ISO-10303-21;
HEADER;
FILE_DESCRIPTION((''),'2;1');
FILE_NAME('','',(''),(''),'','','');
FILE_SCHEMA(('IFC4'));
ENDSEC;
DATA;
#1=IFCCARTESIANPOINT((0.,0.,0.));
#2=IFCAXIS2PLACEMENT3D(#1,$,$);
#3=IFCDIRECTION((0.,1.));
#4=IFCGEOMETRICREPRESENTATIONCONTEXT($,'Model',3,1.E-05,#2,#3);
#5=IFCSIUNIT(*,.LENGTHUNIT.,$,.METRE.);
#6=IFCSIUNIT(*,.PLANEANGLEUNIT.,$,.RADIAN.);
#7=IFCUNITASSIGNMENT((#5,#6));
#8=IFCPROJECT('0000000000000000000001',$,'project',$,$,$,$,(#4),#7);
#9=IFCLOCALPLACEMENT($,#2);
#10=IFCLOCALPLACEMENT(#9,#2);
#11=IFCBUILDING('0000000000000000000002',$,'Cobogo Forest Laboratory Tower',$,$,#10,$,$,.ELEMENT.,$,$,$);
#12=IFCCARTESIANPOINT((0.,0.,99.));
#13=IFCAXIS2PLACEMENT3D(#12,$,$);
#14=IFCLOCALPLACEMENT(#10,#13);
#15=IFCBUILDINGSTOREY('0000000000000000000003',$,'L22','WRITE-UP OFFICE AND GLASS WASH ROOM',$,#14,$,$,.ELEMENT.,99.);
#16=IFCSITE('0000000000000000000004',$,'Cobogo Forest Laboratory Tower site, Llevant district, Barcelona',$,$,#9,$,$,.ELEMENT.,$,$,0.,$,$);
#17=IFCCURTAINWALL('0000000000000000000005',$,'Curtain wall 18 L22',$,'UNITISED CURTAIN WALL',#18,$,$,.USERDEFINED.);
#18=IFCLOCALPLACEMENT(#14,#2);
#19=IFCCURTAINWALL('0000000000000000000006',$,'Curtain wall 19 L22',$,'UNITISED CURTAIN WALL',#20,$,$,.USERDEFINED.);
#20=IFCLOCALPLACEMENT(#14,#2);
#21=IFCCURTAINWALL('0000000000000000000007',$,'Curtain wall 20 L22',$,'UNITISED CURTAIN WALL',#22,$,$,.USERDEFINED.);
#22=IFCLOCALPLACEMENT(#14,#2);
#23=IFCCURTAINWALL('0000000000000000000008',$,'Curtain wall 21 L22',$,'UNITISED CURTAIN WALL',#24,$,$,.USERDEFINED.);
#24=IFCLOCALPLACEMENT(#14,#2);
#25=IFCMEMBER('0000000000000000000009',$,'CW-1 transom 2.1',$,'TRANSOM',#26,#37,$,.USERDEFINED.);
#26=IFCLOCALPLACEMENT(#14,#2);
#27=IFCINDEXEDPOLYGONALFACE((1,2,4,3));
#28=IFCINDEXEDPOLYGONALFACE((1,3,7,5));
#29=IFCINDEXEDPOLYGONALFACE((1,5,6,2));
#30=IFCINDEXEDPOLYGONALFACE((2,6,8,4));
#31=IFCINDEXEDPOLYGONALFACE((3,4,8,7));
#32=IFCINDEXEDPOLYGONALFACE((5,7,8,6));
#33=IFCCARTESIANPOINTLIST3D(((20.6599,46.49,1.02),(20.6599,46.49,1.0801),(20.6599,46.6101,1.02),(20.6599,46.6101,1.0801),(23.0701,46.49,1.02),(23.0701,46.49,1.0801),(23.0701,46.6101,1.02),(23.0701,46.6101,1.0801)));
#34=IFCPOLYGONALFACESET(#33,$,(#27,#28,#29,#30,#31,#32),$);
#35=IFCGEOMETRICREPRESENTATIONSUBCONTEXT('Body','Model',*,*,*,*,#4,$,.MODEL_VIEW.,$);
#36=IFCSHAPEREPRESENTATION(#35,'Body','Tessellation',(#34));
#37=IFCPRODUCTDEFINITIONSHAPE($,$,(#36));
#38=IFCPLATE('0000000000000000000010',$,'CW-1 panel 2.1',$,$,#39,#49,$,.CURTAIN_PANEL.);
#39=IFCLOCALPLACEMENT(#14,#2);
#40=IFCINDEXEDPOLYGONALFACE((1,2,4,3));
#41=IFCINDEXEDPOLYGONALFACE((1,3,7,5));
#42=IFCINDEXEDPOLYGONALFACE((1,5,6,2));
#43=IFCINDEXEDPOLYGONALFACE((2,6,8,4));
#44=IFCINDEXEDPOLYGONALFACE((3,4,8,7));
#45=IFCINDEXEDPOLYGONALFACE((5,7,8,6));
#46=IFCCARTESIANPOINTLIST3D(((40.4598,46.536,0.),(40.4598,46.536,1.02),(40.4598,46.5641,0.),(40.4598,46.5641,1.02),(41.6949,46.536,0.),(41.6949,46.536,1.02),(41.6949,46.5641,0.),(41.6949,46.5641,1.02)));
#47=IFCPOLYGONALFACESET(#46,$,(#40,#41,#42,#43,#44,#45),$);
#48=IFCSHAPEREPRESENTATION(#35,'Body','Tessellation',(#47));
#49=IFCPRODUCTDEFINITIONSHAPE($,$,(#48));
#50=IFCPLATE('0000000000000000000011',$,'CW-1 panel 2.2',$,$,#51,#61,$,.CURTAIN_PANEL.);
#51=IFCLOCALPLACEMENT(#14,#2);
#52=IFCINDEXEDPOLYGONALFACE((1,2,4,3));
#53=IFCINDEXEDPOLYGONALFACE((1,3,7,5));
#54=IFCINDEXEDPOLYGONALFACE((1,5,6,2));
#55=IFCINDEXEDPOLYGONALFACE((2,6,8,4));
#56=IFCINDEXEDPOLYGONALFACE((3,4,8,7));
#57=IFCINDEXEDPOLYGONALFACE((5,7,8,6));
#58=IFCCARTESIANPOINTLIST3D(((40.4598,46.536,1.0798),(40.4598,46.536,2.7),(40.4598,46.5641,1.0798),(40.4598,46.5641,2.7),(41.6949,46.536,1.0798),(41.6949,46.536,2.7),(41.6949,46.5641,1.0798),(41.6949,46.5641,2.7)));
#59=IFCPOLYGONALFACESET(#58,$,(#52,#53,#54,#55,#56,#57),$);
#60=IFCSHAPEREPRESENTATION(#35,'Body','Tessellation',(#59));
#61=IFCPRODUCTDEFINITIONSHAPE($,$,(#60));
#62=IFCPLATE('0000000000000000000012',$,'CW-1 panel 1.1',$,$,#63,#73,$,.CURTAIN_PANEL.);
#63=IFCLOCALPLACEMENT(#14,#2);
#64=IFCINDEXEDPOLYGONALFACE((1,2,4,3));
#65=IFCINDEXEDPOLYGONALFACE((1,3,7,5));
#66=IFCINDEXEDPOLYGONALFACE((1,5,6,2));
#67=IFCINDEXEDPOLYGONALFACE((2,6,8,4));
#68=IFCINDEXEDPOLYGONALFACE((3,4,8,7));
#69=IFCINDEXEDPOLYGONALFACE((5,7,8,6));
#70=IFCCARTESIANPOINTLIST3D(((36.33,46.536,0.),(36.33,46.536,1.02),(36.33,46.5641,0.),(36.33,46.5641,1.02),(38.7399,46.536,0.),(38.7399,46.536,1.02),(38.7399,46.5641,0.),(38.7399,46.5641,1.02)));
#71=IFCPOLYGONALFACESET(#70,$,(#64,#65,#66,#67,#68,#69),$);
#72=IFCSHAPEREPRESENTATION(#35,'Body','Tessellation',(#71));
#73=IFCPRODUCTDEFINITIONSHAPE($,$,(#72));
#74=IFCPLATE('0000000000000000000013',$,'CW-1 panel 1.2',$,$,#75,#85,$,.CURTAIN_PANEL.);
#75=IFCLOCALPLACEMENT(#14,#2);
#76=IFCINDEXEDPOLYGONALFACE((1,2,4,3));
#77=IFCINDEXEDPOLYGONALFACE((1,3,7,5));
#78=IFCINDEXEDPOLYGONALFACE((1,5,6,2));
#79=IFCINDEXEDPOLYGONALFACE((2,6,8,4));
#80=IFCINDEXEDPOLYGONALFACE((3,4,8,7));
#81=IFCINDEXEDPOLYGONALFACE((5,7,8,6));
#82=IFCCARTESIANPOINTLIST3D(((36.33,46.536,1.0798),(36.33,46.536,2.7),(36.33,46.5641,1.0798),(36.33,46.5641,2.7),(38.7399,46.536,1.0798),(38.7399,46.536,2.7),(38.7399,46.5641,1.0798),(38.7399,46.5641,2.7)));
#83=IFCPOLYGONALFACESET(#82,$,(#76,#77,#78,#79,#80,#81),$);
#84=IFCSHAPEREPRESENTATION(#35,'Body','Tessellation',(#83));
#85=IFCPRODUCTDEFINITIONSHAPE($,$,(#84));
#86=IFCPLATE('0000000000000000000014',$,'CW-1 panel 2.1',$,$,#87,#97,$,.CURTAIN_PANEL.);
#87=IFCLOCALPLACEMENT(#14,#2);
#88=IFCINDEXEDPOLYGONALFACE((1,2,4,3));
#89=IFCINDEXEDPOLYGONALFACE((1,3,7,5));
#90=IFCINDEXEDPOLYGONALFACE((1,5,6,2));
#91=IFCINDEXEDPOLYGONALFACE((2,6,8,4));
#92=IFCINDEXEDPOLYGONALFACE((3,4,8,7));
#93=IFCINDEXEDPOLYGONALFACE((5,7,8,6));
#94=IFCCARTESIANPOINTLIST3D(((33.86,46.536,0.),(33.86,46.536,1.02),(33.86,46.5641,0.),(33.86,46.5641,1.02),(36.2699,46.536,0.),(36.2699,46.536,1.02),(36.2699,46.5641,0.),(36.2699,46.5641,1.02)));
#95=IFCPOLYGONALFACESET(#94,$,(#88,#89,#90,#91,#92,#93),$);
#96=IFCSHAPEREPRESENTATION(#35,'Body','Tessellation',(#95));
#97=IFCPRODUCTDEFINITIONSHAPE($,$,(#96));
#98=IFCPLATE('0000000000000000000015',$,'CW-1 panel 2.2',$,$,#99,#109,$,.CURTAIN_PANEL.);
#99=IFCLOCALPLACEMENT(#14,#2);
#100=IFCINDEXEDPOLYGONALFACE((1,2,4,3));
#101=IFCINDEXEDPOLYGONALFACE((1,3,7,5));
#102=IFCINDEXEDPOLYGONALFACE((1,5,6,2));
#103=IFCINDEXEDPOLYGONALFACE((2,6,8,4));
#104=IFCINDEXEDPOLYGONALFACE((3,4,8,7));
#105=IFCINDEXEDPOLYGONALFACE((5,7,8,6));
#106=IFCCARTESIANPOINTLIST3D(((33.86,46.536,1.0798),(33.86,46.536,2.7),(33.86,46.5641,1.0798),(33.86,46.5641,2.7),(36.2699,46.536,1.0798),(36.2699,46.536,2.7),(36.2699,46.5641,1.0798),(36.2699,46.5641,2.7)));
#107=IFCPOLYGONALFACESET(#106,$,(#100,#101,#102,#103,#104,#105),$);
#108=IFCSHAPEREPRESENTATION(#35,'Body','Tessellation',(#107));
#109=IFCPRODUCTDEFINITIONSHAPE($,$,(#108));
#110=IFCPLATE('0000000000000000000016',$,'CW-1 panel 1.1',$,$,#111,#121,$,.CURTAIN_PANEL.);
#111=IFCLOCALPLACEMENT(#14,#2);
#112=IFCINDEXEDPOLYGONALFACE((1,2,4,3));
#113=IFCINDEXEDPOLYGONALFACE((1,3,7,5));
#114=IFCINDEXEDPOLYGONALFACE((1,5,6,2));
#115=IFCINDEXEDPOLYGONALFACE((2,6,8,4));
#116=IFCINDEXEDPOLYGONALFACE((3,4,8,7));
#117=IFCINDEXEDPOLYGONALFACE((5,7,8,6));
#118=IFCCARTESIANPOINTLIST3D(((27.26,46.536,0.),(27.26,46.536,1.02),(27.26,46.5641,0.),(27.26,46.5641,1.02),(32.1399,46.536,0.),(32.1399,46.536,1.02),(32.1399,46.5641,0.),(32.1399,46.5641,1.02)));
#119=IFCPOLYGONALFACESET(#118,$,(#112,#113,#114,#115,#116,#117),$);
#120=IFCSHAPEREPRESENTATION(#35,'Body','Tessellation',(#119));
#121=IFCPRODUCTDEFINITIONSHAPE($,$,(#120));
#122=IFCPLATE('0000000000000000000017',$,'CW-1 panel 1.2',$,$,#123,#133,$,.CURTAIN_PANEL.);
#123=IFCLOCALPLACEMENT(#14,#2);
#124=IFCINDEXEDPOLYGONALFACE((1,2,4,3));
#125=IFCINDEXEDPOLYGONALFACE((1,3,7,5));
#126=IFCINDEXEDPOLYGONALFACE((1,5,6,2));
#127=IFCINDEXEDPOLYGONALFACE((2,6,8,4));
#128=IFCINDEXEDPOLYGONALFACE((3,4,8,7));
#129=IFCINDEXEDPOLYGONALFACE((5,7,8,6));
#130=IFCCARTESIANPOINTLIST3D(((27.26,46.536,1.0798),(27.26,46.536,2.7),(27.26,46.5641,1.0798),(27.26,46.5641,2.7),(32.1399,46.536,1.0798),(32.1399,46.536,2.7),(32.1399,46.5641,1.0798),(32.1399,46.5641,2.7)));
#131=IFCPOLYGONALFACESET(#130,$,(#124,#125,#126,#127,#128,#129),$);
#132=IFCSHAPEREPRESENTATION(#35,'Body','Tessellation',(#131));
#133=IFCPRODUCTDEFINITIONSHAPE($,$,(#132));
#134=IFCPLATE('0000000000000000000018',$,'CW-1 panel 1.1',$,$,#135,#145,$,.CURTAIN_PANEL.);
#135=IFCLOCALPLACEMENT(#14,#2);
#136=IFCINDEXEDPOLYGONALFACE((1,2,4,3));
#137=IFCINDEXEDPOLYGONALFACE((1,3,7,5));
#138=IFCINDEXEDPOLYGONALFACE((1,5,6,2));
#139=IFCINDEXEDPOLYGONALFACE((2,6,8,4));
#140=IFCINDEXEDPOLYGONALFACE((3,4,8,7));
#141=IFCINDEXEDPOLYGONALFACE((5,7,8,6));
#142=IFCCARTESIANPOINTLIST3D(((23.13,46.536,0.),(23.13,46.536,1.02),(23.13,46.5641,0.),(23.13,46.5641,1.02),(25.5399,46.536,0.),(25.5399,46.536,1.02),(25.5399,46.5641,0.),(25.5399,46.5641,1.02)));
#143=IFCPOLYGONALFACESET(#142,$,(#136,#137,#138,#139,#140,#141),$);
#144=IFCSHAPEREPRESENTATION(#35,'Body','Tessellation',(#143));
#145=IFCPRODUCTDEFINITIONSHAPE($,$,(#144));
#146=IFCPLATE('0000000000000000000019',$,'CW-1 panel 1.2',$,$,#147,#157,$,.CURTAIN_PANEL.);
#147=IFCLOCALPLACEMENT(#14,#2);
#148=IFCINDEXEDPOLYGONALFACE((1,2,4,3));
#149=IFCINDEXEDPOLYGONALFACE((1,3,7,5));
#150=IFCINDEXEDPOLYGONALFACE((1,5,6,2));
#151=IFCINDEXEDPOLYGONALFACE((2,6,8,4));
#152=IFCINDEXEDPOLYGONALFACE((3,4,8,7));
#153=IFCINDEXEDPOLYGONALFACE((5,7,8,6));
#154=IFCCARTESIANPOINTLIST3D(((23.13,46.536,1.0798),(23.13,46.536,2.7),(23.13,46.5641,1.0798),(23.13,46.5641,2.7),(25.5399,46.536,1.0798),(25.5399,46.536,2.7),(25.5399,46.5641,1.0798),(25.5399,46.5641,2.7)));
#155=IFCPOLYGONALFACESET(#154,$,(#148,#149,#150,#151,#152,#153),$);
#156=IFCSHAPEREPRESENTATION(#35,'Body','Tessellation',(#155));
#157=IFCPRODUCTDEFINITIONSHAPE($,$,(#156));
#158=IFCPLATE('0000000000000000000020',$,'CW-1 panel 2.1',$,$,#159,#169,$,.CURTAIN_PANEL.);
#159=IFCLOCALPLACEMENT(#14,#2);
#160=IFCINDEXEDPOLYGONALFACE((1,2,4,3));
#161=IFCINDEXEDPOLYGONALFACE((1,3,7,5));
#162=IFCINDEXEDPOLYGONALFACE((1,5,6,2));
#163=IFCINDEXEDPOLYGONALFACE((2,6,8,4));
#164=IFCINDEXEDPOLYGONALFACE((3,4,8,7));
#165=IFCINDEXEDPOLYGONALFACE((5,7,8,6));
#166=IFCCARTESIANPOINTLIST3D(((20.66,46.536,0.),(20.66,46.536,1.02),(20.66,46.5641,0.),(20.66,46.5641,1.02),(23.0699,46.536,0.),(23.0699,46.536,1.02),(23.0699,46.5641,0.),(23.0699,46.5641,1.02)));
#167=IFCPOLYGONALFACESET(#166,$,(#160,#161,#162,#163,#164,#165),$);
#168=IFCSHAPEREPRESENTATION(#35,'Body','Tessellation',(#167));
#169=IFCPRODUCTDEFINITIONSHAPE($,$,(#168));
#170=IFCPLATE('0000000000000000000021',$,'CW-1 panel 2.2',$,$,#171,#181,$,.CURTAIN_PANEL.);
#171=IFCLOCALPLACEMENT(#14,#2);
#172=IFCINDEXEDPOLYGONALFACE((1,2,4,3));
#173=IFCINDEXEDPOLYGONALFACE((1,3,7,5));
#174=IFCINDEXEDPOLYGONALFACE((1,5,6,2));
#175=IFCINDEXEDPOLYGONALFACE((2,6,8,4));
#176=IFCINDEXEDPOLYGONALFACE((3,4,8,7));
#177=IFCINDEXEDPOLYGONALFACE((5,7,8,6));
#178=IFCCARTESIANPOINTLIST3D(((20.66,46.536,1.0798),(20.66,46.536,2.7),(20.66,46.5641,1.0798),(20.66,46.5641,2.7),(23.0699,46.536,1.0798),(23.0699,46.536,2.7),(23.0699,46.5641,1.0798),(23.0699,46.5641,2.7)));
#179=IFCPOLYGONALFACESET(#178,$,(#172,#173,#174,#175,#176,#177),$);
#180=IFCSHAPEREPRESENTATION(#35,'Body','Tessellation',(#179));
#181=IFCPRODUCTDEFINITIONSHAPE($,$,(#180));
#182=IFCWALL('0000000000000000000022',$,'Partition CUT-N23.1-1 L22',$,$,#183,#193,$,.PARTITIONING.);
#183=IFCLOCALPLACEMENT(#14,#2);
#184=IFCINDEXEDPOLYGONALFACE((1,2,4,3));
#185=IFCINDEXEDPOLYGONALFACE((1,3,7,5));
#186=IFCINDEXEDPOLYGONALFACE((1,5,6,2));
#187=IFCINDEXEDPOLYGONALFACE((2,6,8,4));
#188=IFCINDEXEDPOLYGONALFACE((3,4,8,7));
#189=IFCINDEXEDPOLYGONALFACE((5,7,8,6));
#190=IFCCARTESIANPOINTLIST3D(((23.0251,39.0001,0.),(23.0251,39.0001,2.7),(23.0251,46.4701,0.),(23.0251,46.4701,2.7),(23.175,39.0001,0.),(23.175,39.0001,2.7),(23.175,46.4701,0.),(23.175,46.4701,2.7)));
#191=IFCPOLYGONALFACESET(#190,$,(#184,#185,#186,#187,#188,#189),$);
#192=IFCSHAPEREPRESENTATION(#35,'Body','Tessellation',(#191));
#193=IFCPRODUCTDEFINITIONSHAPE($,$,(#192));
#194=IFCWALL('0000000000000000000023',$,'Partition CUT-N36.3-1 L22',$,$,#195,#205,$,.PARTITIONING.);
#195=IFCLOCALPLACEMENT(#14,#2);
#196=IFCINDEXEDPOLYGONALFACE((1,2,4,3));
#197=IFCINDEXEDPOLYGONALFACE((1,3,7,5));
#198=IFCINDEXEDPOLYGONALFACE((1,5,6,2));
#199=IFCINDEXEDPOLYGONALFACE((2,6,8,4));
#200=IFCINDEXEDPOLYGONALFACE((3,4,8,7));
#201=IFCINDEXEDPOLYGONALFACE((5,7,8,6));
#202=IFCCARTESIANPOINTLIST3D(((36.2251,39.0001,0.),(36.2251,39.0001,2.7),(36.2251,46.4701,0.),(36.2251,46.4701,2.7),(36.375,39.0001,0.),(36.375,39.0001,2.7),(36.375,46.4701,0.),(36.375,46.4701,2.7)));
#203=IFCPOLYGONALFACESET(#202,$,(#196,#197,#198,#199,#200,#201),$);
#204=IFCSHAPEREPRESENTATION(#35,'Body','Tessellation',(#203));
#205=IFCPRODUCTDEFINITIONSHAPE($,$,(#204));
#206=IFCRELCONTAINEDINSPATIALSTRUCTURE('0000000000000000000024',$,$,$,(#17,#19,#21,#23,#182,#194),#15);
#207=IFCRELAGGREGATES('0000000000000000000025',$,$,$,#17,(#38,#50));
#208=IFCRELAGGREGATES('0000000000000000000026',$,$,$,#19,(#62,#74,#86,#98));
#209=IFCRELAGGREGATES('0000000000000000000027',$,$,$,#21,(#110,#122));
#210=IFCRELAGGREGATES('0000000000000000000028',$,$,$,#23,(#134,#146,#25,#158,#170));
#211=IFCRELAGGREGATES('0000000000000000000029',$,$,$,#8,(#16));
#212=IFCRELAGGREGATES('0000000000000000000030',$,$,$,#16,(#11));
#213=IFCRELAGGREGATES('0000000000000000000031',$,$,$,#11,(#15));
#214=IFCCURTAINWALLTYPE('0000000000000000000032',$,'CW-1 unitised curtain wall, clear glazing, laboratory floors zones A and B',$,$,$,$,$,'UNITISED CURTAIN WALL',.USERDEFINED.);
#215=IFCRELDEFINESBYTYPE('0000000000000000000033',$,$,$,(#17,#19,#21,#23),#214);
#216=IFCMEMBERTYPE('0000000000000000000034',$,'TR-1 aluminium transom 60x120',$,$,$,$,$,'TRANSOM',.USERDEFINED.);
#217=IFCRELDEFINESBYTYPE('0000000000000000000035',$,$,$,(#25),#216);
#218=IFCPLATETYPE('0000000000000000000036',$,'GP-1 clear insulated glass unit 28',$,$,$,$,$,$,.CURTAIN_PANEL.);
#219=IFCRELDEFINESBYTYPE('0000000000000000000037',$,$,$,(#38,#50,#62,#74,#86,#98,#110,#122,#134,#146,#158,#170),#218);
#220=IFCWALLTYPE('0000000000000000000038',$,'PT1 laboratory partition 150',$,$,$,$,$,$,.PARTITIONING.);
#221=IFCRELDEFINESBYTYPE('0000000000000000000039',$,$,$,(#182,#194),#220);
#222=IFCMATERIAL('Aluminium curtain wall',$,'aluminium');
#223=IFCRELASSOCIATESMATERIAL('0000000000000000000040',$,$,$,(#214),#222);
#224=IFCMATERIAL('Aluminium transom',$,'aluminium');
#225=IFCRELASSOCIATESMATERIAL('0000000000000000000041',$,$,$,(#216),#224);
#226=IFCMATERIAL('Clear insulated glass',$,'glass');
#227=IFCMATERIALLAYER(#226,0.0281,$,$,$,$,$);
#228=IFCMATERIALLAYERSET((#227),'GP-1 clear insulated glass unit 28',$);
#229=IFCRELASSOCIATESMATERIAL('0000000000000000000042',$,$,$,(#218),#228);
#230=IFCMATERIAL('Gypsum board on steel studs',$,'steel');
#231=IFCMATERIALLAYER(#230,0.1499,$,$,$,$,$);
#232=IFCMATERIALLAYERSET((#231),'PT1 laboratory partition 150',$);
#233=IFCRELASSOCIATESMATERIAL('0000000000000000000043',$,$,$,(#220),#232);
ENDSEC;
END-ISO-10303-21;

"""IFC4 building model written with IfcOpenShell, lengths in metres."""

from ifc_helpers import new_model, si_unit, direction, frame, frame_2d, origin, origin_2d, place, context, subcontext, project, spatial, rectangle, extrude, material, layer, layer_set, material_profile, profile_set, type_object, element, aggregate, save


model = new_model("IFC4")

# Units and contexts
model_context = context("Model", 3, precision=1e-05, world=origin(), true_north=direction((0.0, 1.0)))
body_context = subcontext(model_context, "Body", "Model", "MODEL_VIEW")
ifc_project = project(units=[si_unit("LENGTHUNIT", "METRE"), si_unit("PLANEANGLEUNIT", "RADIAN")], contexts=[model_context])

# Site, building, storey
site_placement = place(None, origin())
site = spatial("IfcSite", under=ifc_project, at=site_placement, Name="Cobogo Forest Laboratory Tower site, Llevant district, Barcelona", CompositionType="ELEMENT", RefElevation=0.0)
building_placement = place(site_placement, origin())
building = spatial("IfcBuilding", under=site, at=building_placement, Name="Cobogo Forest Laboratory Tower", CompositionType="ELEMENT")
storey_placement = place(building_placement, frame((0.0, 0.0, 99.0)))
storey = spatial("IfcBuildingStorey", under=building, at=storey_placement, Name="L22", Description="WRITE-UP OFFICE AND GLASS WASH ROOM", CompositionType="ELEMENT", Elevation=99.0)

# Curtain wall
ifc_material_1 = material(Name="Aluminium curtain wall", Category="aluminium")
curtain_wall_type = type_object("IfcCurtainWallType", Name="CW-1 unitised curtain wall, clear glazing, laboratory floors zones A and B", ElementType="UNITISED CURTAIN WALL", PredefinedType="USERDEFINED", material=ifc_material_1)
curtain_wall_1_placement = place(storey_placement, origin())
curtain_wall_1 = element("IfcCurtainWall", 1, at=curtain_wall_1_placement, inside=storey, type_object=curtain_wall_type, Name="Curtain wall 18 L22", ObjectType="UNITISED CURTAIN WALL", PredefinedType="USERDEFINED")

# Curtain walls
curtain_wall_2_placement = place(storey_placement, origin())
curtain_wall_2 = element("IfcCurtainWall", 2, at=curtain_wall_2_placement, inside=storey, type_object=curtain_wall_type, Name="Curtain wall 19 L22", ObjectType="UNITISED CURTAIN WALL", PredefinedType="USERDEFINED")
curtain_wall_3_placement = place(storey_placement, origin())
curtain_wall_3 = element("IfcCurtainWall", 3, at=curtain_wall_3_placement, inside=storey, type_object=curtain_wall_type, Name="Curtain wall 20 L22", ObjectType="UNITISED CURTAIN WALL", PredefinedType="USERDEFINED")
curtain_wall_4_placement = place(storey_placement, origin())
curtain_wall_4 = element("IfcCurtainWall", 4, at=curtain_wall_4_placement, inside=storey, type_object=curtain_wall_type, Name="Curtain wall 21 L22", ObjectType="UNITISED CURTAIN WALL", PredefinedType="USERDEFINED")

# Member
ifc_material_2 = material(Name="Aluminium transom", Category="aluminium")
ifc_material_profile_1 = material_profile(ifc_material_2, rectangle(XDim=0.1201, YDim=0.0601, at=origin_2d()), Name="AL 60x120")
ifc_profile_set_1 = profile_set([ifc_material_profile_1], Name="Aluminium transom")
member_type_1 = type_object("IfcMemberType", Name="TR-1 aluminium transom 60x120", ElementType="TRANSOM", PredefinedType="USERDEFINED", material=ifc_profile_set_1)
member_1_placement = place(storey_placement, frame((23.0701, 46.55, 1.05), z_axis=(-1.0, 0.0, 0.0), x_axis=(0.0, -1.0, 0.0)))
member_1 = element("IfcMember", 5, at=member_1_placement, type_object=member_type_1, Name="CW-1 transom 2.1", ObjectType="TRANSOM", PredefinedType="USERDEFINED", context=body_context, shape_type="SweptSolid", body=[
    extrude(rectangle(XDim=0.1201, YDim=0.0601, at=origin_2d()), origin(), (0.0, 0.0, 1.0), 2.4102),
])

# Plates
ifc_material_3 = material(Name="Clear insulated glass", Category="glass")
ifc_layer_1 = layer(ifc_material_3, 0.0281)
ifc_layer_set_1 = layer_set([ifc_layer_1], Name="GP-1 clear insulated glass unit 28")
plate_type_1 = type_object("IfcPlateType", Name="GP-1 clear insulated glass unit 28", PredefinedType="CURTAIN_PANEL", material=ifc_layer_set_1)
plate_1_placement = place(storey_placement, frame((41.0774, 46.55, 0.0), z_axis=(0.0, 0.0, 1.0), x_axis=(-1.0, 0.0, 0.0)))
plate_1 = element("IfcPlate", 6, at=plate_1_placement, type_object=plate_type_1, Name="CW-1 panel 2.1", PredefinedType="CURTAIN_PANEL", context=body_context, shape_type="SweptSolid", body=[
    extrude(rectangle(XDim=1.2351, YDim=0.0281, at=origin_2d()), origin(), (0.0, 0.0, 1.0), 1.02),
])
plate_2_placement = place(storey_placement, frame((41.0774, 46.55, 1.0798), z_axis=(0.0, 0.0, 1.0), x_axis=(-1.0, 0.0, 0.0)))
plate_2 = element("IfcPlate", 7, at=plate_2_placement, type_object=plate_type_1, Name="CW-1 panel 2.2", PredefinedType="CURTAIN_PANEL", context=body_context, shape_type="SweptSolid", body=[
    extrude(rectangle(XDim=1.2351, YDim=0.0281, at=origin_2d()), origin(), (0.0, 0.0, 1.0), 1.6201),
])
aggregate(curtain_wall_1, [plate_1, plate_2])
plate_3_placement = place(storey_placement, frame((37.5349, 46.55, 0.0), z_axis=(0.0, 0.0, 1.0), x_axis=(-1.0, 0.0, 0.0)))
plate_3 = element("IfcPlate", 8, at=plate_3_placement, type_object=plate_type_1, Name="CW-1 panel 1.1", PredefinedType="CURTAIN_PANEL", context=body_context, shape_type="SweptSolid", body=[
    extrude(rectangle(XDim=2.4099, YDim=0.0281, at=origin_2d()), origin(), (0.0, 0.0, 1.0), 1.02),
])
plate_4_placement = place(storey_placement, frame((37.5349, 46.55, 1.0798), z_axis=(0.0, 0.0, 1.0), x_axis=(-1.0, 0.0, 0.0)))
plate_4 = element("IfcPlate", 9, at=plate_4_placement, type_object=plate_type_1, Name="CW-1 panel 1.2", PredefinedType="CURTAIN_PANEL", context=body_context, shape_type="SweptSolid", body=[
    extrude(rectangle(XDim=2.4099, YDim=0.0281, at=origin_2d()), origin(), (0.0, 0.0, 1.0), 1.6201),
])
plate_5_placement = place(storey_placement, frame((35.0649, 46.55, 0.0), z_axis=(0.0, 0.0, 1.0), x_axis=(-1.0, 0.0, 0.0)))
plate_5 = element("IfcPlate", 10, at=plate_5_placement, type_object=plate_type_1, Name="CW-1 panel 2.1", PredefinedType="CURTAIN_PANEL", context=body_context, shape_type="SweptSolid", body=[
    extrude(rectangle(XDim=2.4099, YDim=0.0281, at=origin_2d()), origin(), (0.0, 0.0, 1.0), 1.02),
])
plate_6_placement = place(storey_placement, frame((35.0649, 46.55, 1.0798), z_axis=(0.0, 0.0, 1.0), x_axis=(-1.0, 0.0, 0.0)))
plate_6 = element("IfcPlate", 11, at=plate_6_placement, type_object=plate_type_1, Name="CW-1 panel 2.2", PredefinedType="CURTAIN_PANEL", context=body_context, shape_type="SweptSolid", body=[
    extrude(rectangle(XDim=2.4099, YDim=0.0281, at=origin_2d()), origin(), (0.0, 0.0, 1.0), 1.6201),
])
aggregate(curtain_wall_2, [plate_3, plate_4, plate_5, plate_6])
plate_7_placement = place(storey_placement, frame((29.7, 46.55, 0.0), z_axis=(0.0, 0.0, 1.0), x_axis=(-1.0, 0.0, 0.0)))
plate_7 = element("IfcPlate", 12, at=plate_7_placement, type_object=plate_type_1, Name="CW-1 panel 1.1", PredefinedType="CURTAIN_PANEL", context=body_context, shape_type="SweptSolid", body=[
    extrude(rectangle(XDim=4.8799, YDim=0.0281, at=origin_2d()), origin(), (0.0, 0.0, 1.0), 1.02),
])
plate_8_placement = place(storey_placement, frame((29.7, 46.55, 1.0798), z_axis=(0.0, 0.0, 1.0), x_axis=(-1.0, 0.0, 0.0)))
plate_8 = element("IfcPlate", 13, at=plate_8_placement, type_object=plate_type_1, Name="CW-1 panel 1.2", PredefinedType="CURTAIN_PANEL", context=body_context, shape_type="SweptSolid", body=[
    extrude(rectangle(XDim=4.8799, YDim=0.0281, at=origin_2d()), origin(), (0.0, 0.0, 1.0), 1.6201),
])
aggregate(curtain_wall_3, [plate_7, plate_8])
plate_9_placement = place(storey_placement, frame((24.335, 46.55, 0.0), z_axis=(0.0, 0.0, 1.0), x_axis=(-1.0, 0.0, 0.0)))
plate_9 = element("IfcPlate", 14, at=plate_9_placement, type_object=plate_type_1, Name="CW-1 panel 1.1", PredefinedType="CURTAIN_PANEL", context=body_context, shape_type="SweptSolid", body=[
    extrude(rectangle(XDim=2.4099, YDim=0.0281, at=origin_2d()), origin(), (0.0, 0.0, 1.0), 1.02),
])
plate_10_placement = place(storey_placement, frame((24.335, 46.55, 1.0798), z_axis=(0.0, 0.0, 1.0), x_axis=(-1.0, 0.0, 0.0)))
plate_10 = element("IfcPlate", 15, at=plate_10_placement, type_object=plate_type_1, Name="CW-1 panel 1.2", PredefinedType="CURTAIN_PANEL", context=body_context, shape_type="SweptSolid", body=[
    extrude(rectangle(XDim=2.4099, YDim=0.0281, at=origin_2d()), origin(), (0.0, 0.0, 1.0), 1.6201),
])
plate_11_placement = place(storey_placement, frame((21.865, 46.55, 0.0), z_axis=(0.0, 0.0, 1.0), x_axis=(-1.0, 0.0, 0.0)))
plate_11 = element("IfcPlate", 16, at=plate_11_placement, type_object=plate_type_1, Name="CW-1 panel 2.1", PredefinedType="CURTAIN_PANEL", context=body_context, shape_type="SweptSolid", body=[
    extrude(rectangle(XDim=2.4099, YDim=0.0281, at=origin_2d()), origin(), (0.0, 0.0, 1.0), 1.02),
])
plate_12_placement = place(storey_placement, frame((21.865, 46.55, 1.0798), z_axis=(0.0, 0.0, 1.0), x_axis=(-1.0, 0.0, 0.0)))
plate_12 = element("IfcPlate", 17, at=plate_12_placement, type_object=plate_type_1, Name="CW-1 panel 2.2", PredefinedType="CURTAIN_PANEL", context=body_context, shape_type="SweptSolid", body=[
    extrude(rectangle(XDim=2.4099, YDim=0.0281, at=origin_2d()), origin(), (0.0, 0.0, 1.0), 1.6201),
])
aggregate(curtain_wall_4, [plate_9, plate_10, member_1, plate_11, plate_12])

# Walls
ifc_material_4 = material(Name="Gypsum board on steel studs", Category="steel")
ifc_layer_2 = layer(ifc_material_4, 0.1499)
ifc_layer_set_2 = layer_set([ifc_layer_2], Name="PT1 laboratory partition 150")
wall_type = type_object("IfcWallType", Name="PT1 laboratory partition 150", PredefinedType="PARTITIONING", material=ifc_layer_set_2)
for number, where, z_axis, x_axis, name in (
    (18, (23.1001, 46.47, 0.0), (0.0, 0.0, 1.0), (0.0, -1.0, 0.0), "Partition CUT-N23.1-1 L22"),
    (19, (36.3, 46.47, 0.0), (0.0, 0.0, 1.0), (0.0, -1.0, 0.0), "Partition CUT-N36.3-1 L22"),
):
    element("IfcWall", number, at=place(storey_placement, frame(where, z_axis=z_axis, x_axis=x_axis)), inside=storey, type_object=wall_type, Name=name, PredefinedType="PARTITIONING", context=body_context, shape_type="SweptSolid", body=[
        extrude(rectangle(XDim=7.47, YDim=0.1499, at=frame_2d((3.7349, 0.0))), origin(), (0.0, 0.0, 1.0), 2.7),
    ])

save(model, "model.ifc")
